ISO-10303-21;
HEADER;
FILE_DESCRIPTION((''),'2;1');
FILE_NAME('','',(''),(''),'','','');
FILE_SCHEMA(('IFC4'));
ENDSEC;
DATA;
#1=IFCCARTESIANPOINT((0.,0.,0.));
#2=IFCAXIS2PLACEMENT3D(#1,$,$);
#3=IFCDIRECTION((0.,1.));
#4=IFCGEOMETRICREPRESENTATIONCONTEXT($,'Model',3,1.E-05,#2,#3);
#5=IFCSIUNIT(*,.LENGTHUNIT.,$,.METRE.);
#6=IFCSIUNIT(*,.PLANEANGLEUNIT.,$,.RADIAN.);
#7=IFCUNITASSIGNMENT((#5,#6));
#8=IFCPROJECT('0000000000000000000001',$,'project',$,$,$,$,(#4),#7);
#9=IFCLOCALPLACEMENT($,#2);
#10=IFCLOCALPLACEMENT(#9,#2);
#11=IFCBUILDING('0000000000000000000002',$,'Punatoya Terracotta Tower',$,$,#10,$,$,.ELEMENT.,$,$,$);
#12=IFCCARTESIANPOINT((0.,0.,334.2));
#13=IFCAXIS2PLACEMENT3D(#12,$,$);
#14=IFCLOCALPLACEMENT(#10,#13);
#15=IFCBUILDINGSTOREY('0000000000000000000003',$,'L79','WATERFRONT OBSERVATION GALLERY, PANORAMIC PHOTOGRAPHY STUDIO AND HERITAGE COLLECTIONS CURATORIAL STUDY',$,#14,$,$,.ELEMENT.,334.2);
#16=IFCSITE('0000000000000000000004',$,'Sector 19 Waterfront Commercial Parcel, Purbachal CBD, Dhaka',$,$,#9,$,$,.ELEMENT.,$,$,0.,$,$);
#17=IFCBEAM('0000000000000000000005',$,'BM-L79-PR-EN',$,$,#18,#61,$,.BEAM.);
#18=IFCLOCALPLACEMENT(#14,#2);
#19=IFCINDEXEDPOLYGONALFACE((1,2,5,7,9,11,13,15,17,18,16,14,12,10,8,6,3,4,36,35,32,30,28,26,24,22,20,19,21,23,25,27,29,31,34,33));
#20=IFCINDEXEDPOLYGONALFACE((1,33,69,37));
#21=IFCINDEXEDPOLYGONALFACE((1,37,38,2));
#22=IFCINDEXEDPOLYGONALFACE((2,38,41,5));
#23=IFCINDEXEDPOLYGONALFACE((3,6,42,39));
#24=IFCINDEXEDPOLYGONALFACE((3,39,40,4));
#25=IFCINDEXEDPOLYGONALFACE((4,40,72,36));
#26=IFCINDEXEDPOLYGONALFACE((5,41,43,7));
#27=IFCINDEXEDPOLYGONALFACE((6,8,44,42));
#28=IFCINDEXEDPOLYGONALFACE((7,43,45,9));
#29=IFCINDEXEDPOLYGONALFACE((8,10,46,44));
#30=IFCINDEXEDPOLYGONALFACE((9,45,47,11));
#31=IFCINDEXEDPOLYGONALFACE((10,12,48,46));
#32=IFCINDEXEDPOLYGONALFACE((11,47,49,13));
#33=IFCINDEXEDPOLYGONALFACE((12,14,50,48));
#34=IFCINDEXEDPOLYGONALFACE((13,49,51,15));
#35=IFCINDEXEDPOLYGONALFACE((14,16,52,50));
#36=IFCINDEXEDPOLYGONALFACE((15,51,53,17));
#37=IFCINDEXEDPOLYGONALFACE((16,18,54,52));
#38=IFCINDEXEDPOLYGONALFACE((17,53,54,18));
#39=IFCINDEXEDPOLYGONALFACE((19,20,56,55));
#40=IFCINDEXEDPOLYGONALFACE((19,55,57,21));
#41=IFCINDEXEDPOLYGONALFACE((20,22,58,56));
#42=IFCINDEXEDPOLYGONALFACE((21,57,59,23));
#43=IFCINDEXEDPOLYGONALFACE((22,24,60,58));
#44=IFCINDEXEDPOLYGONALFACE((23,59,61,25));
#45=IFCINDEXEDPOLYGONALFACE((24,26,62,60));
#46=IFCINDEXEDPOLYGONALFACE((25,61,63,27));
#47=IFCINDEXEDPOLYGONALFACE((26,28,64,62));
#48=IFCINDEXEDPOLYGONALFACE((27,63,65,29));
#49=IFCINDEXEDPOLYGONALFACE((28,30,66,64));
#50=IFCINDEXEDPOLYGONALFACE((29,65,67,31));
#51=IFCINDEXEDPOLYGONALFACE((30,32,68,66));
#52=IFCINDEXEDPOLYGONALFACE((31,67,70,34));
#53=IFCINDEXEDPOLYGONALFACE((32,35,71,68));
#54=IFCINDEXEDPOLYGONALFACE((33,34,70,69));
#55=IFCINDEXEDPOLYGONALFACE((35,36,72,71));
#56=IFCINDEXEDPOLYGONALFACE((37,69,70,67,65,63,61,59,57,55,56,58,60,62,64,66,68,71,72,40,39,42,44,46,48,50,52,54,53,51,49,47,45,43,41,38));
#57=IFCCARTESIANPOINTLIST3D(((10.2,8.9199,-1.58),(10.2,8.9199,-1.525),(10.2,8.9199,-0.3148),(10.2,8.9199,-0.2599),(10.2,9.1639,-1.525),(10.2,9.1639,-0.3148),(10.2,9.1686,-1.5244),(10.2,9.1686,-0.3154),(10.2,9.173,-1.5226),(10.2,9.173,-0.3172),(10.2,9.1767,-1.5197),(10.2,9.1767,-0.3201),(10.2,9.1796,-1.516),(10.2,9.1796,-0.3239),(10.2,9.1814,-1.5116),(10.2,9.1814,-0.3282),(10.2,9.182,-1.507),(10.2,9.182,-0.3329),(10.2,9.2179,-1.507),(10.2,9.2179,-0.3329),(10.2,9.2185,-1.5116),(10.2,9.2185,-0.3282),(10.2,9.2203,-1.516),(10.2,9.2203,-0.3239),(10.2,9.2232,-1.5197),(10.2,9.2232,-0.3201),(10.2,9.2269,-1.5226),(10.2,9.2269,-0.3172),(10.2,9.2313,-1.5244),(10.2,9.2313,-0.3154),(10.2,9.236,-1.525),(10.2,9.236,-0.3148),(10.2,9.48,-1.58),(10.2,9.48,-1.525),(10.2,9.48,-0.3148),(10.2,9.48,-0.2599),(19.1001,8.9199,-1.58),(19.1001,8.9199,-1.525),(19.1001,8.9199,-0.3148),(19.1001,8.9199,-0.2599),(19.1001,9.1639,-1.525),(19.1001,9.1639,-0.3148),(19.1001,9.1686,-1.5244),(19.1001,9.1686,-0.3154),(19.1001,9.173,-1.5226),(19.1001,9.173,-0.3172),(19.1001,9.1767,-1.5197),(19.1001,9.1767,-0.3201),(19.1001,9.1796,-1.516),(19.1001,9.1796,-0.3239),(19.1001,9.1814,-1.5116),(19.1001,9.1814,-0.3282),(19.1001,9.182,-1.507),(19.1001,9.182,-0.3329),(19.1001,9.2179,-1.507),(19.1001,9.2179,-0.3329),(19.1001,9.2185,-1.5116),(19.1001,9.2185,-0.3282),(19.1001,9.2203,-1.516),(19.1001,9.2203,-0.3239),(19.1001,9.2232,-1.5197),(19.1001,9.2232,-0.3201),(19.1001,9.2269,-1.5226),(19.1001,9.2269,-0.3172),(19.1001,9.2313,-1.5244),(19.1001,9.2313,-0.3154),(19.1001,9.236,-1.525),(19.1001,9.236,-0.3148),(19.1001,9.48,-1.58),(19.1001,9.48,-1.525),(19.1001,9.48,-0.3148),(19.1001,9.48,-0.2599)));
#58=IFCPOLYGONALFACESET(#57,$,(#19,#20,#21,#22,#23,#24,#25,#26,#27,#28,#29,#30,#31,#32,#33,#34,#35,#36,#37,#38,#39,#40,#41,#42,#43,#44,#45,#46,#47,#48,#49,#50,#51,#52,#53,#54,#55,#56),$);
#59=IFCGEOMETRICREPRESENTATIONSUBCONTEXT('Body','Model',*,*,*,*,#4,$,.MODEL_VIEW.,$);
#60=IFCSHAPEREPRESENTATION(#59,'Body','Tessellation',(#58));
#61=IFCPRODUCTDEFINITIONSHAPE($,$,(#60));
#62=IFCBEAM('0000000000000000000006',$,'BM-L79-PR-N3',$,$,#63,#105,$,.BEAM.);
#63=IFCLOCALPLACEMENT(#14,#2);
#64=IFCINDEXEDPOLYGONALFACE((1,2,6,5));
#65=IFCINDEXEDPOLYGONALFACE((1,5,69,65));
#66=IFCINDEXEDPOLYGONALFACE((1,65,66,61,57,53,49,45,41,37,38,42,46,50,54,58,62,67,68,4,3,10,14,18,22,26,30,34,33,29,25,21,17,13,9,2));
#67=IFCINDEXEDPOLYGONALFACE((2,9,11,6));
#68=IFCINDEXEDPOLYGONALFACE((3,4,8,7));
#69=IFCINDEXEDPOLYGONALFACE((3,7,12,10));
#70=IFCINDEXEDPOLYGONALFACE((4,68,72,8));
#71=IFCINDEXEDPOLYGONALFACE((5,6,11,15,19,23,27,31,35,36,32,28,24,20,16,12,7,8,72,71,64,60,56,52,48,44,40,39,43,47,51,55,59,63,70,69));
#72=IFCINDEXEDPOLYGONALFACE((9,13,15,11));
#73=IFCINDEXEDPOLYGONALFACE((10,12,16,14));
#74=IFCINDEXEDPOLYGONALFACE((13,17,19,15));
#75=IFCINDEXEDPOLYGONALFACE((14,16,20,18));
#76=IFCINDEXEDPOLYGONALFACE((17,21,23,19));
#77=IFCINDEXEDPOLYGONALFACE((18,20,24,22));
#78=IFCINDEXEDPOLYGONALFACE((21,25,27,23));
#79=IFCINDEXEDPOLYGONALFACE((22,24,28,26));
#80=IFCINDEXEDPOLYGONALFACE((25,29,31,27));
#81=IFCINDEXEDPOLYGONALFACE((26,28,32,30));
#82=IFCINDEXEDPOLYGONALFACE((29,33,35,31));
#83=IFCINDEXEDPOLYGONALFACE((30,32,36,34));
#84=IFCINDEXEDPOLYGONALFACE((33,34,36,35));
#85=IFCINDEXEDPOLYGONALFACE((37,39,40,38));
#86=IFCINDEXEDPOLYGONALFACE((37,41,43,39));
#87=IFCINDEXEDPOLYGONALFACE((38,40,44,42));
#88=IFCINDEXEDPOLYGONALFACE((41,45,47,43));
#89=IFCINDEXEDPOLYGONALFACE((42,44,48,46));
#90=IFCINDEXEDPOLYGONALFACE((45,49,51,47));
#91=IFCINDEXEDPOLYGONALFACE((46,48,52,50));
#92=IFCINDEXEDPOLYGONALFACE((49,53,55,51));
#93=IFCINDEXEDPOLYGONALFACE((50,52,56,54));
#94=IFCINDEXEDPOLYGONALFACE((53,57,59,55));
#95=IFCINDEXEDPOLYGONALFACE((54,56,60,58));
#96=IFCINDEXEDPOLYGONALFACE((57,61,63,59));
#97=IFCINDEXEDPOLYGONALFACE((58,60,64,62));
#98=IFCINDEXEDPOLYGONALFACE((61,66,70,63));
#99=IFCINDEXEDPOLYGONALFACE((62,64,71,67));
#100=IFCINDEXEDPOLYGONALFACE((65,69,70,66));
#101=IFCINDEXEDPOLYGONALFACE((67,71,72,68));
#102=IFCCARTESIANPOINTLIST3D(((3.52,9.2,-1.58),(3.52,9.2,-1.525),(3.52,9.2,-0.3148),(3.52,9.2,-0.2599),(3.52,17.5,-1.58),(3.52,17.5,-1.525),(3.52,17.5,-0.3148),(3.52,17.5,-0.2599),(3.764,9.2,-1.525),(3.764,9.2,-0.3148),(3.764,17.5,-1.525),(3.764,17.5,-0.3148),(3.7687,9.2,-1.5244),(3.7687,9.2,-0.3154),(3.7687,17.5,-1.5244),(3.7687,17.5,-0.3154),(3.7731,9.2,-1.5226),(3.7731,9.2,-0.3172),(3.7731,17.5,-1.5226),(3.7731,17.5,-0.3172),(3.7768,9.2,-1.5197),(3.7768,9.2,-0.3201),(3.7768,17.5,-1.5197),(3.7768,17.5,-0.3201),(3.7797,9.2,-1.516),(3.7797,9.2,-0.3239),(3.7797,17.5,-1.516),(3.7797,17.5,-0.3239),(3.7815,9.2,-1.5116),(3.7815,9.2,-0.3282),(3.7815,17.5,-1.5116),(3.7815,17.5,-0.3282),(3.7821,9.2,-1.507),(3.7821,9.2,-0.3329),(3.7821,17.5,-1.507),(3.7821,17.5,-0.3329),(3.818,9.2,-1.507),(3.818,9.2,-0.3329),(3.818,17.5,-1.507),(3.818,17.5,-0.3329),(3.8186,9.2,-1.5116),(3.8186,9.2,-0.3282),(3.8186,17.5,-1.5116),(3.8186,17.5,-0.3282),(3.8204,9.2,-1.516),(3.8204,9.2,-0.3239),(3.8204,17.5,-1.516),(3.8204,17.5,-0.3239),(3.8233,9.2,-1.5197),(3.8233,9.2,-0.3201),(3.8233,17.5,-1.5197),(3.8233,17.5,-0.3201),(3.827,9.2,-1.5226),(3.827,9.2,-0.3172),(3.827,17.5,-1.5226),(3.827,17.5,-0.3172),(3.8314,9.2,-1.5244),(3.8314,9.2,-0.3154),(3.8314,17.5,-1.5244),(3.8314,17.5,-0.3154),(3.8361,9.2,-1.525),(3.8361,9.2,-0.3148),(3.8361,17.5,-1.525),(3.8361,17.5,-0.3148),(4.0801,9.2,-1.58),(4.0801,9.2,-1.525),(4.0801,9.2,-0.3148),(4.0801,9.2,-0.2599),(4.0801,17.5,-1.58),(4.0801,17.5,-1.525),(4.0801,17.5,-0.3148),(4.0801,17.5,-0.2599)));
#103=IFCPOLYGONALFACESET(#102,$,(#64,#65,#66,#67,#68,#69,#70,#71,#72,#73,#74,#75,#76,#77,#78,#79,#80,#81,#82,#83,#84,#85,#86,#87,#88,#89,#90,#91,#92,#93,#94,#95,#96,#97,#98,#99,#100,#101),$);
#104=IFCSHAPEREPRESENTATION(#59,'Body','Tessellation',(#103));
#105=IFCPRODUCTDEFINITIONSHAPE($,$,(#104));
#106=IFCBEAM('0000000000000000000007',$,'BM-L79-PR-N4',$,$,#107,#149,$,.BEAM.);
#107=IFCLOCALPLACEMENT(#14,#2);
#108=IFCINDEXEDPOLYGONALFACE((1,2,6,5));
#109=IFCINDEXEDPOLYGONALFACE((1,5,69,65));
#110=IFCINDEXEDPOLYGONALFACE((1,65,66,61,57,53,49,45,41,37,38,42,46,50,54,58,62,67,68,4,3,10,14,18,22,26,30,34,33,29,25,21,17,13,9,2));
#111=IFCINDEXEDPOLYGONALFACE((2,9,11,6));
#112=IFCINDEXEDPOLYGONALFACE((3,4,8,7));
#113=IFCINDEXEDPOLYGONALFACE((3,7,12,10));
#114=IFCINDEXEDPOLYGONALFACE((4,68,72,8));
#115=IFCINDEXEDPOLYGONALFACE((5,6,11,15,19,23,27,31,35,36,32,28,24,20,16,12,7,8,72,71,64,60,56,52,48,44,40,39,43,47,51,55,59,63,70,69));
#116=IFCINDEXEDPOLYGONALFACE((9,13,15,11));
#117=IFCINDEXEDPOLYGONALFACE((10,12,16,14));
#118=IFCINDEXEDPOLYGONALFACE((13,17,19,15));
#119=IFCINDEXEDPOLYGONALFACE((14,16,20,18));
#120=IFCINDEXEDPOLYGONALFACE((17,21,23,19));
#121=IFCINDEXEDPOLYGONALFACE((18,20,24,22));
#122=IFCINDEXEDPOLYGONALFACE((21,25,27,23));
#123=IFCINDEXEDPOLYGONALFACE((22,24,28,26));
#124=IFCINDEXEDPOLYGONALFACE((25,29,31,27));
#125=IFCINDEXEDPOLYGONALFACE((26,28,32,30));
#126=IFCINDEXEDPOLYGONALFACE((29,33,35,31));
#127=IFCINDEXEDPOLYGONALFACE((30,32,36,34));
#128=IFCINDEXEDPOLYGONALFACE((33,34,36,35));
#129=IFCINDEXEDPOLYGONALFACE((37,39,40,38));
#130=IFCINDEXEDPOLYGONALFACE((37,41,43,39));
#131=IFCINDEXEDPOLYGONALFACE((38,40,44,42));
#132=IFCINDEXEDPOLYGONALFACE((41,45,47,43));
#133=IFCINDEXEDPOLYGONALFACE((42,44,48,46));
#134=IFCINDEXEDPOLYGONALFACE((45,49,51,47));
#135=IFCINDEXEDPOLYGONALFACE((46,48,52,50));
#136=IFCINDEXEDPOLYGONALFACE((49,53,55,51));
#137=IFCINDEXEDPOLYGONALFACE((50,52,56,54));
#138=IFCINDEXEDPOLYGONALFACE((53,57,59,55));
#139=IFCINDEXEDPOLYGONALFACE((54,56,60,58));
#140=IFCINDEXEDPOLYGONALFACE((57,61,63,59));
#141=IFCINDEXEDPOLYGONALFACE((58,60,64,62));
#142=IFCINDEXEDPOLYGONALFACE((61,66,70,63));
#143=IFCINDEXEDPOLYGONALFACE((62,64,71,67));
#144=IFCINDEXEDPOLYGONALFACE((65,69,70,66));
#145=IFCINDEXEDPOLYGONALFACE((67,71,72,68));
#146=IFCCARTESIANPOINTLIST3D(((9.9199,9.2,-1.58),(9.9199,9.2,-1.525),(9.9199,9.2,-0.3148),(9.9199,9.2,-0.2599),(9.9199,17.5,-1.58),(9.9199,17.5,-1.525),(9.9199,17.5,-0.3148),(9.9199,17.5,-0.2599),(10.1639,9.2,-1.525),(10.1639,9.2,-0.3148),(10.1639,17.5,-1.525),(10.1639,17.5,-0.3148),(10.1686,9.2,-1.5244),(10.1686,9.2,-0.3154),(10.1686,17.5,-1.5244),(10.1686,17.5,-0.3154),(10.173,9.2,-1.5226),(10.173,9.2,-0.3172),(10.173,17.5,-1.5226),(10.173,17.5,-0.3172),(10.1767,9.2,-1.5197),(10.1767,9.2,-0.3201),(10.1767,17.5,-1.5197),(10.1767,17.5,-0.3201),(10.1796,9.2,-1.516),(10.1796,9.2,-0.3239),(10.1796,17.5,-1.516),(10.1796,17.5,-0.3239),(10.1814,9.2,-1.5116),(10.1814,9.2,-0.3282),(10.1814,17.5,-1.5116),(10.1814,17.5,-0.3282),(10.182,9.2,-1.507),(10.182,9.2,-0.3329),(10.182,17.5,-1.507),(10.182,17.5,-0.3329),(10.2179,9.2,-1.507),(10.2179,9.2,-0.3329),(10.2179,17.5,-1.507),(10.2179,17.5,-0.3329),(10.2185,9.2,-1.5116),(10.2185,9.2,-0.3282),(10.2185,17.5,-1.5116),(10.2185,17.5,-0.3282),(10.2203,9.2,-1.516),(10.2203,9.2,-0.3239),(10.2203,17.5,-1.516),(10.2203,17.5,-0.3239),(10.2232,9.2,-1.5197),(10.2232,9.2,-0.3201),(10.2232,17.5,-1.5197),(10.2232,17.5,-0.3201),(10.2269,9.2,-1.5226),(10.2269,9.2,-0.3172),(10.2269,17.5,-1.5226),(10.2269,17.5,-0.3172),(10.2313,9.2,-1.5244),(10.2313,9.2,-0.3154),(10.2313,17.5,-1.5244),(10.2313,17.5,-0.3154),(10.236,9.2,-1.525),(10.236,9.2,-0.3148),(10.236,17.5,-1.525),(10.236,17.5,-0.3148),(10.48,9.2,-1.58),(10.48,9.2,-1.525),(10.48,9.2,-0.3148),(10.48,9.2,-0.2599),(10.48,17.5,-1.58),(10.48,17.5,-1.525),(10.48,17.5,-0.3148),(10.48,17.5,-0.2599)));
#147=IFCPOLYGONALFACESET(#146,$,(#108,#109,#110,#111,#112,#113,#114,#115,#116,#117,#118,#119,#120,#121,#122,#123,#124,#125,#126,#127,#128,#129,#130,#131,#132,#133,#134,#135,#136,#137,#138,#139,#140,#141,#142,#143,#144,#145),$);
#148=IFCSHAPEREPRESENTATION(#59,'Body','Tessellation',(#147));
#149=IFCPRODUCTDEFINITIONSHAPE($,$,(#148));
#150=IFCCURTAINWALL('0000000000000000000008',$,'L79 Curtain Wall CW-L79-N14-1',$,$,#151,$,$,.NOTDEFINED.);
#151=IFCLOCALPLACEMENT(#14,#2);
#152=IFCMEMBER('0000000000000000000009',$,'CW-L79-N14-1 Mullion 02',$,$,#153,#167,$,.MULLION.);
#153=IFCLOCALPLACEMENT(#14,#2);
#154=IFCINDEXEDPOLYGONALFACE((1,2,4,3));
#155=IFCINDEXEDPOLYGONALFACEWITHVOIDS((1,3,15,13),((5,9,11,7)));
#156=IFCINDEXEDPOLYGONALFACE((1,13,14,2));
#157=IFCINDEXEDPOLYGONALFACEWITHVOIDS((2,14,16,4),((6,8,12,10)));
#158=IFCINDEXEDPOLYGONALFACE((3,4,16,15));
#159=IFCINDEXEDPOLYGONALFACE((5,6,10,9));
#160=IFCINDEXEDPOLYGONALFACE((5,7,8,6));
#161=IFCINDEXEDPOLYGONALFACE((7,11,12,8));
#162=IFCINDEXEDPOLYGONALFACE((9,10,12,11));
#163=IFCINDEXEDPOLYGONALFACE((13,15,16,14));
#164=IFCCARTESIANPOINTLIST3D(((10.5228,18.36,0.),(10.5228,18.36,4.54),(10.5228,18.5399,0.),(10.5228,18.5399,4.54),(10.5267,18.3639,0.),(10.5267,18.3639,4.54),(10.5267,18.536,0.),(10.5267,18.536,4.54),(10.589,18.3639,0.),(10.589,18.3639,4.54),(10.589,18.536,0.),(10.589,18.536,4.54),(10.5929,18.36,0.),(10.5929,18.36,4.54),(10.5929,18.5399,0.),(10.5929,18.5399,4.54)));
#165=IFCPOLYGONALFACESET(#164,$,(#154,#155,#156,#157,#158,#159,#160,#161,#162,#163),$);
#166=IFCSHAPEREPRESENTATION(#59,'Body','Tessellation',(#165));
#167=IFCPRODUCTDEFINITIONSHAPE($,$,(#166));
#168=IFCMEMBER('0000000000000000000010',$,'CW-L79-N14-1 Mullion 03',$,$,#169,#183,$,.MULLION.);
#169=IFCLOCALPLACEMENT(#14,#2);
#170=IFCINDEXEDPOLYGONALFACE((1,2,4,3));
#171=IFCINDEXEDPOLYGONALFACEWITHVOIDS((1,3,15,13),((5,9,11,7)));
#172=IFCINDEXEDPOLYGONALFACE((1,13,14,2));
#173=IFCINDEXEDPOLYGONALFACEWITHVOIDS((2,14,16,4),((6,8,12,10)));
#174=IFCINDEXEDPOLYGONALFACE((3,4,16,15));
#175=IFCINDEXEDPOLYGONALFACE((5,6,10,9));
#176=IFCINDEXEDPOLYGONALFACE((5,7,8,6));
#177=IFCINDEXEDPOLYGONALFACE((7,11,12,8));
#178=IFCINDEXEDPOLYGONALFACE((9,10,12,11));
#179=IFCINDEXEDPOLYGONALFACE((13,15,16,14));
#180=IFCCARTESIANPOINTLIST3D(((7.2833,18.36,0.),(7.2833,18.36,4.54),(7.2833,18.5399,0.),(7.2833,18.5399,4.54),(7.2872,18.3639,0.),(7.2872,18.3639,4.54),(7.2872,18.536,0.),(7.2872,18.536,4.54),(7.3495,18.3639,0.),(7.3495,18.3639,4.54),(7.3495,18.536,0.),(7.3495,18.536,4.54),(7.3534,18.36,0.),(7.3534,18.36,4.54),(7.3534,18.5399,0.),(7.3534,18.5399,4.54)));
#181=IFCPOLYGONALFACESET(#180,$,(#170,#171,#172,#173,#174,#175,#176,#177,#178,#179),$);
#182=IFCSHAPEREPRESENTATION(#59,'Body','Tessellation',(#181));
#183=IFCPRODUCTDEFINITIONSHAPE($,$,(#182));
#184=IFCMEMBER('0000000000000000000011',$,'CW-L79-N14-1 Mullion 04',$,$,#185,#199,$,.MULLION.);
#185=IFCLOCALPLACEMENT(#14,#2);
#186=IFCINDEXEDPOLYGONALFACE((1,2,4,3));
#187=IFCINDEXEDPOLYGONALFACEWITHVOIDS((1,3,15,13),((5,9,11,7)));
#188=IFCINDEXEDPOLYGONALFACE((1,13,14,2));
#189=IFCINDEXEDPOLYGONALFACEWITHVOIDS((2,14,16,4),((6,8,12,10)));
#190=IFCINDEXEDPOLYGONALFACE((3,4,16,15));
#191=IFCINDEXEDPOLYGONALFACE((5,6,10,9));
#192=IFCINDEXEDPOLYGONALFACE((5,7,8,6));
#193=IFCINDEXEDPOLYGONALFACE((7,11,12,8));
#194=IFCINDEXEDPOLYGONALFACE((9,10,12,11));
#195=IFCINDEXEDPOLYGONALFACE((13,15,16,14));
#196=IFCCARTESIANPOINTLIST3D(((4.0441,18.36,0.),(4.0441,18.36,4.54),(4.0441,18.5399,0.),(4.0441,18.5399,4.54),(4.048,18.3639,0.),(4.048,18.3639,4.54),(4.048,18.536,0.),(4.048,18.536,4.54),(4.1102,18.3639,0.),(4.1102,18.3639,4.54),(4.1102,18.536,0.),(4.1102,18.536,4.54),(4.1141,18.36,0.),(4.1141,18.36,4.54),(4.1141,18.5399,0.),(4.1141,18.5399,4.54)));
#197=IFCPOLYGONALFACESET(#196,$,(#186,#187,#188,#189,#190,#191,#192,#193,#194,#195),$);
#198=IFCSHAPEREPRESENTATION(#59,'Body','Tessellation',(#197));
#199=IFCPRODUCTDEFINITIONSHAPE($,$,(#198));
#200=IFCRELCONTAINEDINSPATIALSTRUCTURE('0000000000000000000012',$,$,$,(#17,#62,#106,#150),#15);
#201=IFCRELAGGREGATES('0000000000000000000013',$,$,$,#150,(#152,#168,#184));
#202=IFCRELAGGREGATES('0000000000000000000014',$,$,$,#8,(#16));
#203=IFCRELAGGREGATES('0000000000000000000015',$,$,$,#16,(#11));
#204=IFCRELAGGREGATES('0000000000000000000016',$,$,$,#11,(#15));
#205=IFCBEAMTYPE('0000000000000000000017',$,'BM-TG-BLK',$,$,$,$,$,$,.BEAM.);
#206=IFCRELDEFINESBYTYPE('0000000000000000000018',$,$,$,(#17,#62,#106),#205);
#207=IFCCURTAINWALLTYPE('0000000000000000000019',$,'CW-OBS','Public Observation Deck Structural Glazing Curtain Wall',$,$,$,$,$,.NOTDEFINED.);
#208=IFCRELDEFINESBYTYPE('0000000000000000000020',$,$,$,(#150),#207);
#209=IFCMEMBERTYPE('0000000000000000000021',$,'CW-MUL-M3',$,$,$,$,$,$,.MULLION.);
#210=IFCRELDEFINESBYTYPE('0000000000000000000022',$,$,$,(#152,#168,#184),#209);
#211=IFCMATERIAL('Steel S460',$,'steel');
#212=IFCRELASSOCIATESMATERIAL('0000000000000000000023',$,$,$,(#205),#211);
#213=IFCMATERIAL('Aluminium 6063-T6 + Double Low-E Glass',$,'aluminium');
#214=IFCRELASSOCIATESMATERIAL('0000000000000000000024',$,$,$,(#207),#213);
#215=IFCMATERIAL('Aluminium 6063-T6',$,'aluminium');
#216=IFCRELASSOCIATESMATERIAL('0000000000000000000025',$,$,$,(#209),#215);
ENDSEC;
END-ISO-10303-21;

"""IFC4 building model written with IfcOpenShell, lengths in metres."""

from ifc_helpers import new_model, si_unit, direction, frame, origin, origin_2d, place, context, subcontext, project, spatial, hollow_rectangle, i_section, extrude, material, material_profile, profile_set, type_object, element, aggregate, save


model = new_model("IFC4")

# Units and contexts
model_context = context("Model", 3, precision=1e-05, world=origin(), true_north=direction((0.0, 1.0)))
body_context = subcontext(model_context, "Body", "Model", "MODEL_VIEW")
ifc_project = project(units=[si_unit("LENGTHUNIT", "METRE"), si_unit("PLANEANGLEUNIT", "RADIAN")], contexts=[model_context])

# Site, building, storey
site_placement = place(None, origin())
site = spatial("IfcSite", under=ifc_project, at=site_placement, Name="Sector 19 Waterfront Commercial Parcel, Purbachal CBD, Dhaka", CompositionType="ELEMENT", RefElevation=0.0)
building_placement = place(site_placement, origin())
building = spatial("IfcBuilding", under=site, at=building_placement, Name="Punatoya Terracotta Tower", CompositionType="ELEMENT")
storey_placement = place(building_placement, frame((0.0, 0.0, 334.2)))
storey = spatial("IfcBuildingStorey", under=building, at=storey_placement, Name="L79", Description="WATERFRONT OBSERVATION GALLERY, PANORAMIC PHOTOGRAPHY STUDIO AND HERITAGE COLLECTIONS CURATORIAL STUDY", CompositionType="ELEMENT", Elevation=334.2)

# Shared definitions
ifc_material_1 = material(Name="Steel S460", Category="steel")

# Beams
ifc_material_profile_1 = material_profile(ifc_material_1, i_section(OverallWidth=0.5601, OverallDepth=1.3201, WebThickness=0.0359, FlangeThickness=0.0549, FilletRadius=0.0181, at=origin_2d()))
ifc_profile_set_1 = profile_set([ifc_material_profile_1], Name="Steel S460")
beam_type_1 = type_object("IfcBeamType", Name="BM-TG-BLK", PredefinedType="BEAM", material=ifc_profile_set_1)
beam_1_placement = place(storey_placement, frame((10.2, 9.2, -0.9199), z_axis=(1.0, 0.0, 0.0), x_axis=(0.0, 1.0, 0.0)))
element("IfcBeam", 1, at=beam_1_placement, inside=storey, type_object=beam_type_1, Name="BM-L79-PR-EN", PredefinedType="BEAM", context=body_context, shape_type="SweptSolid", body=[
    extrude(i_section(OverallWidth=0.5601, OverallDepth=1.3201, WebThickness=0.0359, FlangeThickness=0.0549, FilletRadius=0.0181, at=origin_2d()), origin(), (0.0, 0.0, 1.0), 8.9001),
])
for number, where, z_axis, x_axis, name in (
    (2, (3.8, 9.2, -0.9199), (0.0, 1.0, 0.0), (-1.0, 0.0, 0.0), "BM-L79-PR-N3"),
    (3, (10.2, 9.2, -0.9199), (0.0, 1.0, 0.0), (-1.0, 0.0, 0.0), "BM-L79-PR-N4"),
):
    element("IfcBeam", number, at=place(storey_placement, frame(where, z_axis=z_axis, x_axis=x_axis)), inside=storey, type_object=beam_type_1, Name=name, PredefinedType="BEAM", context=body_context, shape_type="SweptSolid", body=[
        extrude(i_section(OverallWidth=0.5601, OverallDepth=1.3201, WebThickness=0.0359, FlangeThickness=0.0549, FilletRadius=0.0181, at=origin_2d()), origin(), (0.0, 0.0, 1.0), 8.3),
    ])

# Curtain wall, members
ifc_material_2 = material(Name="Aluminium 6063-T6 + Double Low-E Glass", Category="aluminium")
curtain_wall_type = type_object("IfcCurtainWallType", Name="CW-OBS", Description="Public Observation Deck Structural Glazing Curtain Wall", PredefinedType="NOTDEFINED", material=ifc_material_2)
curtain_wall_placement = place(storey_placement, origin())
curtain_wall = element("IfcCurtainWall", 4, at=curtain_wall_placement, inside=storey, type_object=curtain_wall_type, Name="L79 Curtain Wall CW-L79-N14-1", PredefinedType="NOTDEFINED")
ifc_material_3 = material(Name="Aluminium 6063-T6", Category="aluminium")
ifc_material_profile_2 = material_profile(ifc_material_3, hollow_rectangle(XDim=0.0701, YDim=0.1799, WallThickness=0.0039, at=origin_2d()))
ifc_profile_set_2 = profile_set([ifc_material_profile_2], Name="Aluminium 6063-T6")
member_type = type_object("IfcMemberType", Name="CW-MUL-M3", PredefinedType="MULLION", material=ifc_profile_set_2)
member_1_placement = place(storey_placement, frame((10.5579, 18.45, 0.0), z_axis=(0.0, 0.0, 1.0), x_axis=(1.0, 0.0, 0.0)))
member_1 = element("IfcMember", 5, at=member_1_placement, type_object=member_type, Name="CW-L79-N14-1 Mullion 02", PredefinedType="MULLION", context=body_context, shape_type="SweptSolid", body=[
    extrude(hollow_rectangle(XDim=0.0701, YDim=0.1799, WallThickness=0.0039, at=origin_2d()), origin(), (0.0, 0.0, 1.0), 4.54),
])
member_2_placement = place(storey_placement, frame((7.3184, 18.45, 0.0), z_axis=(0.0, 0.0, 1.0), x_axis=(1.0, 0.0, 0.0)))
member_2 = element("IfcMember", 6, at=member_2_placement, type_object=member_type, Name="CW-L79-N14-1 Mullion 03", PredefinedType="MULLION", context=body_context, shape_type="SweptSolid", body=[
    extrude(hollow_rectangle(XDim=0.0701, YDim=0.1799, WallThickness=0.0039, at=origin_2d()), origin(), (0.0, 0.0, 1.0), 4.54),
])
member_3_placement = place(storey_placement, frame((4.0791, 18.45, 0.0), z_axis=(0.0, 0.0, 1.0), x_axis=(1.0, 0.0, 0.0)))
member_3 = element("IfcMember", 7, at=member_3_placement, type_object=member_type, Name="CW-L79-N14-1 Mullion 04", PredefinedType="MULLION", context=body_context, shape_type="SweptSolid", body=[
    extrude(hollow_rectangle(XDim=0.0701, YDim=0.1799, WallThickness=0.0039, at=origin_2d()), origin(), (0.0, 0.0, 1.0), 4.54),
])
aggregate(curtain_wall, [member_1, member_2, member_3])

save(model, "model.ifc")
